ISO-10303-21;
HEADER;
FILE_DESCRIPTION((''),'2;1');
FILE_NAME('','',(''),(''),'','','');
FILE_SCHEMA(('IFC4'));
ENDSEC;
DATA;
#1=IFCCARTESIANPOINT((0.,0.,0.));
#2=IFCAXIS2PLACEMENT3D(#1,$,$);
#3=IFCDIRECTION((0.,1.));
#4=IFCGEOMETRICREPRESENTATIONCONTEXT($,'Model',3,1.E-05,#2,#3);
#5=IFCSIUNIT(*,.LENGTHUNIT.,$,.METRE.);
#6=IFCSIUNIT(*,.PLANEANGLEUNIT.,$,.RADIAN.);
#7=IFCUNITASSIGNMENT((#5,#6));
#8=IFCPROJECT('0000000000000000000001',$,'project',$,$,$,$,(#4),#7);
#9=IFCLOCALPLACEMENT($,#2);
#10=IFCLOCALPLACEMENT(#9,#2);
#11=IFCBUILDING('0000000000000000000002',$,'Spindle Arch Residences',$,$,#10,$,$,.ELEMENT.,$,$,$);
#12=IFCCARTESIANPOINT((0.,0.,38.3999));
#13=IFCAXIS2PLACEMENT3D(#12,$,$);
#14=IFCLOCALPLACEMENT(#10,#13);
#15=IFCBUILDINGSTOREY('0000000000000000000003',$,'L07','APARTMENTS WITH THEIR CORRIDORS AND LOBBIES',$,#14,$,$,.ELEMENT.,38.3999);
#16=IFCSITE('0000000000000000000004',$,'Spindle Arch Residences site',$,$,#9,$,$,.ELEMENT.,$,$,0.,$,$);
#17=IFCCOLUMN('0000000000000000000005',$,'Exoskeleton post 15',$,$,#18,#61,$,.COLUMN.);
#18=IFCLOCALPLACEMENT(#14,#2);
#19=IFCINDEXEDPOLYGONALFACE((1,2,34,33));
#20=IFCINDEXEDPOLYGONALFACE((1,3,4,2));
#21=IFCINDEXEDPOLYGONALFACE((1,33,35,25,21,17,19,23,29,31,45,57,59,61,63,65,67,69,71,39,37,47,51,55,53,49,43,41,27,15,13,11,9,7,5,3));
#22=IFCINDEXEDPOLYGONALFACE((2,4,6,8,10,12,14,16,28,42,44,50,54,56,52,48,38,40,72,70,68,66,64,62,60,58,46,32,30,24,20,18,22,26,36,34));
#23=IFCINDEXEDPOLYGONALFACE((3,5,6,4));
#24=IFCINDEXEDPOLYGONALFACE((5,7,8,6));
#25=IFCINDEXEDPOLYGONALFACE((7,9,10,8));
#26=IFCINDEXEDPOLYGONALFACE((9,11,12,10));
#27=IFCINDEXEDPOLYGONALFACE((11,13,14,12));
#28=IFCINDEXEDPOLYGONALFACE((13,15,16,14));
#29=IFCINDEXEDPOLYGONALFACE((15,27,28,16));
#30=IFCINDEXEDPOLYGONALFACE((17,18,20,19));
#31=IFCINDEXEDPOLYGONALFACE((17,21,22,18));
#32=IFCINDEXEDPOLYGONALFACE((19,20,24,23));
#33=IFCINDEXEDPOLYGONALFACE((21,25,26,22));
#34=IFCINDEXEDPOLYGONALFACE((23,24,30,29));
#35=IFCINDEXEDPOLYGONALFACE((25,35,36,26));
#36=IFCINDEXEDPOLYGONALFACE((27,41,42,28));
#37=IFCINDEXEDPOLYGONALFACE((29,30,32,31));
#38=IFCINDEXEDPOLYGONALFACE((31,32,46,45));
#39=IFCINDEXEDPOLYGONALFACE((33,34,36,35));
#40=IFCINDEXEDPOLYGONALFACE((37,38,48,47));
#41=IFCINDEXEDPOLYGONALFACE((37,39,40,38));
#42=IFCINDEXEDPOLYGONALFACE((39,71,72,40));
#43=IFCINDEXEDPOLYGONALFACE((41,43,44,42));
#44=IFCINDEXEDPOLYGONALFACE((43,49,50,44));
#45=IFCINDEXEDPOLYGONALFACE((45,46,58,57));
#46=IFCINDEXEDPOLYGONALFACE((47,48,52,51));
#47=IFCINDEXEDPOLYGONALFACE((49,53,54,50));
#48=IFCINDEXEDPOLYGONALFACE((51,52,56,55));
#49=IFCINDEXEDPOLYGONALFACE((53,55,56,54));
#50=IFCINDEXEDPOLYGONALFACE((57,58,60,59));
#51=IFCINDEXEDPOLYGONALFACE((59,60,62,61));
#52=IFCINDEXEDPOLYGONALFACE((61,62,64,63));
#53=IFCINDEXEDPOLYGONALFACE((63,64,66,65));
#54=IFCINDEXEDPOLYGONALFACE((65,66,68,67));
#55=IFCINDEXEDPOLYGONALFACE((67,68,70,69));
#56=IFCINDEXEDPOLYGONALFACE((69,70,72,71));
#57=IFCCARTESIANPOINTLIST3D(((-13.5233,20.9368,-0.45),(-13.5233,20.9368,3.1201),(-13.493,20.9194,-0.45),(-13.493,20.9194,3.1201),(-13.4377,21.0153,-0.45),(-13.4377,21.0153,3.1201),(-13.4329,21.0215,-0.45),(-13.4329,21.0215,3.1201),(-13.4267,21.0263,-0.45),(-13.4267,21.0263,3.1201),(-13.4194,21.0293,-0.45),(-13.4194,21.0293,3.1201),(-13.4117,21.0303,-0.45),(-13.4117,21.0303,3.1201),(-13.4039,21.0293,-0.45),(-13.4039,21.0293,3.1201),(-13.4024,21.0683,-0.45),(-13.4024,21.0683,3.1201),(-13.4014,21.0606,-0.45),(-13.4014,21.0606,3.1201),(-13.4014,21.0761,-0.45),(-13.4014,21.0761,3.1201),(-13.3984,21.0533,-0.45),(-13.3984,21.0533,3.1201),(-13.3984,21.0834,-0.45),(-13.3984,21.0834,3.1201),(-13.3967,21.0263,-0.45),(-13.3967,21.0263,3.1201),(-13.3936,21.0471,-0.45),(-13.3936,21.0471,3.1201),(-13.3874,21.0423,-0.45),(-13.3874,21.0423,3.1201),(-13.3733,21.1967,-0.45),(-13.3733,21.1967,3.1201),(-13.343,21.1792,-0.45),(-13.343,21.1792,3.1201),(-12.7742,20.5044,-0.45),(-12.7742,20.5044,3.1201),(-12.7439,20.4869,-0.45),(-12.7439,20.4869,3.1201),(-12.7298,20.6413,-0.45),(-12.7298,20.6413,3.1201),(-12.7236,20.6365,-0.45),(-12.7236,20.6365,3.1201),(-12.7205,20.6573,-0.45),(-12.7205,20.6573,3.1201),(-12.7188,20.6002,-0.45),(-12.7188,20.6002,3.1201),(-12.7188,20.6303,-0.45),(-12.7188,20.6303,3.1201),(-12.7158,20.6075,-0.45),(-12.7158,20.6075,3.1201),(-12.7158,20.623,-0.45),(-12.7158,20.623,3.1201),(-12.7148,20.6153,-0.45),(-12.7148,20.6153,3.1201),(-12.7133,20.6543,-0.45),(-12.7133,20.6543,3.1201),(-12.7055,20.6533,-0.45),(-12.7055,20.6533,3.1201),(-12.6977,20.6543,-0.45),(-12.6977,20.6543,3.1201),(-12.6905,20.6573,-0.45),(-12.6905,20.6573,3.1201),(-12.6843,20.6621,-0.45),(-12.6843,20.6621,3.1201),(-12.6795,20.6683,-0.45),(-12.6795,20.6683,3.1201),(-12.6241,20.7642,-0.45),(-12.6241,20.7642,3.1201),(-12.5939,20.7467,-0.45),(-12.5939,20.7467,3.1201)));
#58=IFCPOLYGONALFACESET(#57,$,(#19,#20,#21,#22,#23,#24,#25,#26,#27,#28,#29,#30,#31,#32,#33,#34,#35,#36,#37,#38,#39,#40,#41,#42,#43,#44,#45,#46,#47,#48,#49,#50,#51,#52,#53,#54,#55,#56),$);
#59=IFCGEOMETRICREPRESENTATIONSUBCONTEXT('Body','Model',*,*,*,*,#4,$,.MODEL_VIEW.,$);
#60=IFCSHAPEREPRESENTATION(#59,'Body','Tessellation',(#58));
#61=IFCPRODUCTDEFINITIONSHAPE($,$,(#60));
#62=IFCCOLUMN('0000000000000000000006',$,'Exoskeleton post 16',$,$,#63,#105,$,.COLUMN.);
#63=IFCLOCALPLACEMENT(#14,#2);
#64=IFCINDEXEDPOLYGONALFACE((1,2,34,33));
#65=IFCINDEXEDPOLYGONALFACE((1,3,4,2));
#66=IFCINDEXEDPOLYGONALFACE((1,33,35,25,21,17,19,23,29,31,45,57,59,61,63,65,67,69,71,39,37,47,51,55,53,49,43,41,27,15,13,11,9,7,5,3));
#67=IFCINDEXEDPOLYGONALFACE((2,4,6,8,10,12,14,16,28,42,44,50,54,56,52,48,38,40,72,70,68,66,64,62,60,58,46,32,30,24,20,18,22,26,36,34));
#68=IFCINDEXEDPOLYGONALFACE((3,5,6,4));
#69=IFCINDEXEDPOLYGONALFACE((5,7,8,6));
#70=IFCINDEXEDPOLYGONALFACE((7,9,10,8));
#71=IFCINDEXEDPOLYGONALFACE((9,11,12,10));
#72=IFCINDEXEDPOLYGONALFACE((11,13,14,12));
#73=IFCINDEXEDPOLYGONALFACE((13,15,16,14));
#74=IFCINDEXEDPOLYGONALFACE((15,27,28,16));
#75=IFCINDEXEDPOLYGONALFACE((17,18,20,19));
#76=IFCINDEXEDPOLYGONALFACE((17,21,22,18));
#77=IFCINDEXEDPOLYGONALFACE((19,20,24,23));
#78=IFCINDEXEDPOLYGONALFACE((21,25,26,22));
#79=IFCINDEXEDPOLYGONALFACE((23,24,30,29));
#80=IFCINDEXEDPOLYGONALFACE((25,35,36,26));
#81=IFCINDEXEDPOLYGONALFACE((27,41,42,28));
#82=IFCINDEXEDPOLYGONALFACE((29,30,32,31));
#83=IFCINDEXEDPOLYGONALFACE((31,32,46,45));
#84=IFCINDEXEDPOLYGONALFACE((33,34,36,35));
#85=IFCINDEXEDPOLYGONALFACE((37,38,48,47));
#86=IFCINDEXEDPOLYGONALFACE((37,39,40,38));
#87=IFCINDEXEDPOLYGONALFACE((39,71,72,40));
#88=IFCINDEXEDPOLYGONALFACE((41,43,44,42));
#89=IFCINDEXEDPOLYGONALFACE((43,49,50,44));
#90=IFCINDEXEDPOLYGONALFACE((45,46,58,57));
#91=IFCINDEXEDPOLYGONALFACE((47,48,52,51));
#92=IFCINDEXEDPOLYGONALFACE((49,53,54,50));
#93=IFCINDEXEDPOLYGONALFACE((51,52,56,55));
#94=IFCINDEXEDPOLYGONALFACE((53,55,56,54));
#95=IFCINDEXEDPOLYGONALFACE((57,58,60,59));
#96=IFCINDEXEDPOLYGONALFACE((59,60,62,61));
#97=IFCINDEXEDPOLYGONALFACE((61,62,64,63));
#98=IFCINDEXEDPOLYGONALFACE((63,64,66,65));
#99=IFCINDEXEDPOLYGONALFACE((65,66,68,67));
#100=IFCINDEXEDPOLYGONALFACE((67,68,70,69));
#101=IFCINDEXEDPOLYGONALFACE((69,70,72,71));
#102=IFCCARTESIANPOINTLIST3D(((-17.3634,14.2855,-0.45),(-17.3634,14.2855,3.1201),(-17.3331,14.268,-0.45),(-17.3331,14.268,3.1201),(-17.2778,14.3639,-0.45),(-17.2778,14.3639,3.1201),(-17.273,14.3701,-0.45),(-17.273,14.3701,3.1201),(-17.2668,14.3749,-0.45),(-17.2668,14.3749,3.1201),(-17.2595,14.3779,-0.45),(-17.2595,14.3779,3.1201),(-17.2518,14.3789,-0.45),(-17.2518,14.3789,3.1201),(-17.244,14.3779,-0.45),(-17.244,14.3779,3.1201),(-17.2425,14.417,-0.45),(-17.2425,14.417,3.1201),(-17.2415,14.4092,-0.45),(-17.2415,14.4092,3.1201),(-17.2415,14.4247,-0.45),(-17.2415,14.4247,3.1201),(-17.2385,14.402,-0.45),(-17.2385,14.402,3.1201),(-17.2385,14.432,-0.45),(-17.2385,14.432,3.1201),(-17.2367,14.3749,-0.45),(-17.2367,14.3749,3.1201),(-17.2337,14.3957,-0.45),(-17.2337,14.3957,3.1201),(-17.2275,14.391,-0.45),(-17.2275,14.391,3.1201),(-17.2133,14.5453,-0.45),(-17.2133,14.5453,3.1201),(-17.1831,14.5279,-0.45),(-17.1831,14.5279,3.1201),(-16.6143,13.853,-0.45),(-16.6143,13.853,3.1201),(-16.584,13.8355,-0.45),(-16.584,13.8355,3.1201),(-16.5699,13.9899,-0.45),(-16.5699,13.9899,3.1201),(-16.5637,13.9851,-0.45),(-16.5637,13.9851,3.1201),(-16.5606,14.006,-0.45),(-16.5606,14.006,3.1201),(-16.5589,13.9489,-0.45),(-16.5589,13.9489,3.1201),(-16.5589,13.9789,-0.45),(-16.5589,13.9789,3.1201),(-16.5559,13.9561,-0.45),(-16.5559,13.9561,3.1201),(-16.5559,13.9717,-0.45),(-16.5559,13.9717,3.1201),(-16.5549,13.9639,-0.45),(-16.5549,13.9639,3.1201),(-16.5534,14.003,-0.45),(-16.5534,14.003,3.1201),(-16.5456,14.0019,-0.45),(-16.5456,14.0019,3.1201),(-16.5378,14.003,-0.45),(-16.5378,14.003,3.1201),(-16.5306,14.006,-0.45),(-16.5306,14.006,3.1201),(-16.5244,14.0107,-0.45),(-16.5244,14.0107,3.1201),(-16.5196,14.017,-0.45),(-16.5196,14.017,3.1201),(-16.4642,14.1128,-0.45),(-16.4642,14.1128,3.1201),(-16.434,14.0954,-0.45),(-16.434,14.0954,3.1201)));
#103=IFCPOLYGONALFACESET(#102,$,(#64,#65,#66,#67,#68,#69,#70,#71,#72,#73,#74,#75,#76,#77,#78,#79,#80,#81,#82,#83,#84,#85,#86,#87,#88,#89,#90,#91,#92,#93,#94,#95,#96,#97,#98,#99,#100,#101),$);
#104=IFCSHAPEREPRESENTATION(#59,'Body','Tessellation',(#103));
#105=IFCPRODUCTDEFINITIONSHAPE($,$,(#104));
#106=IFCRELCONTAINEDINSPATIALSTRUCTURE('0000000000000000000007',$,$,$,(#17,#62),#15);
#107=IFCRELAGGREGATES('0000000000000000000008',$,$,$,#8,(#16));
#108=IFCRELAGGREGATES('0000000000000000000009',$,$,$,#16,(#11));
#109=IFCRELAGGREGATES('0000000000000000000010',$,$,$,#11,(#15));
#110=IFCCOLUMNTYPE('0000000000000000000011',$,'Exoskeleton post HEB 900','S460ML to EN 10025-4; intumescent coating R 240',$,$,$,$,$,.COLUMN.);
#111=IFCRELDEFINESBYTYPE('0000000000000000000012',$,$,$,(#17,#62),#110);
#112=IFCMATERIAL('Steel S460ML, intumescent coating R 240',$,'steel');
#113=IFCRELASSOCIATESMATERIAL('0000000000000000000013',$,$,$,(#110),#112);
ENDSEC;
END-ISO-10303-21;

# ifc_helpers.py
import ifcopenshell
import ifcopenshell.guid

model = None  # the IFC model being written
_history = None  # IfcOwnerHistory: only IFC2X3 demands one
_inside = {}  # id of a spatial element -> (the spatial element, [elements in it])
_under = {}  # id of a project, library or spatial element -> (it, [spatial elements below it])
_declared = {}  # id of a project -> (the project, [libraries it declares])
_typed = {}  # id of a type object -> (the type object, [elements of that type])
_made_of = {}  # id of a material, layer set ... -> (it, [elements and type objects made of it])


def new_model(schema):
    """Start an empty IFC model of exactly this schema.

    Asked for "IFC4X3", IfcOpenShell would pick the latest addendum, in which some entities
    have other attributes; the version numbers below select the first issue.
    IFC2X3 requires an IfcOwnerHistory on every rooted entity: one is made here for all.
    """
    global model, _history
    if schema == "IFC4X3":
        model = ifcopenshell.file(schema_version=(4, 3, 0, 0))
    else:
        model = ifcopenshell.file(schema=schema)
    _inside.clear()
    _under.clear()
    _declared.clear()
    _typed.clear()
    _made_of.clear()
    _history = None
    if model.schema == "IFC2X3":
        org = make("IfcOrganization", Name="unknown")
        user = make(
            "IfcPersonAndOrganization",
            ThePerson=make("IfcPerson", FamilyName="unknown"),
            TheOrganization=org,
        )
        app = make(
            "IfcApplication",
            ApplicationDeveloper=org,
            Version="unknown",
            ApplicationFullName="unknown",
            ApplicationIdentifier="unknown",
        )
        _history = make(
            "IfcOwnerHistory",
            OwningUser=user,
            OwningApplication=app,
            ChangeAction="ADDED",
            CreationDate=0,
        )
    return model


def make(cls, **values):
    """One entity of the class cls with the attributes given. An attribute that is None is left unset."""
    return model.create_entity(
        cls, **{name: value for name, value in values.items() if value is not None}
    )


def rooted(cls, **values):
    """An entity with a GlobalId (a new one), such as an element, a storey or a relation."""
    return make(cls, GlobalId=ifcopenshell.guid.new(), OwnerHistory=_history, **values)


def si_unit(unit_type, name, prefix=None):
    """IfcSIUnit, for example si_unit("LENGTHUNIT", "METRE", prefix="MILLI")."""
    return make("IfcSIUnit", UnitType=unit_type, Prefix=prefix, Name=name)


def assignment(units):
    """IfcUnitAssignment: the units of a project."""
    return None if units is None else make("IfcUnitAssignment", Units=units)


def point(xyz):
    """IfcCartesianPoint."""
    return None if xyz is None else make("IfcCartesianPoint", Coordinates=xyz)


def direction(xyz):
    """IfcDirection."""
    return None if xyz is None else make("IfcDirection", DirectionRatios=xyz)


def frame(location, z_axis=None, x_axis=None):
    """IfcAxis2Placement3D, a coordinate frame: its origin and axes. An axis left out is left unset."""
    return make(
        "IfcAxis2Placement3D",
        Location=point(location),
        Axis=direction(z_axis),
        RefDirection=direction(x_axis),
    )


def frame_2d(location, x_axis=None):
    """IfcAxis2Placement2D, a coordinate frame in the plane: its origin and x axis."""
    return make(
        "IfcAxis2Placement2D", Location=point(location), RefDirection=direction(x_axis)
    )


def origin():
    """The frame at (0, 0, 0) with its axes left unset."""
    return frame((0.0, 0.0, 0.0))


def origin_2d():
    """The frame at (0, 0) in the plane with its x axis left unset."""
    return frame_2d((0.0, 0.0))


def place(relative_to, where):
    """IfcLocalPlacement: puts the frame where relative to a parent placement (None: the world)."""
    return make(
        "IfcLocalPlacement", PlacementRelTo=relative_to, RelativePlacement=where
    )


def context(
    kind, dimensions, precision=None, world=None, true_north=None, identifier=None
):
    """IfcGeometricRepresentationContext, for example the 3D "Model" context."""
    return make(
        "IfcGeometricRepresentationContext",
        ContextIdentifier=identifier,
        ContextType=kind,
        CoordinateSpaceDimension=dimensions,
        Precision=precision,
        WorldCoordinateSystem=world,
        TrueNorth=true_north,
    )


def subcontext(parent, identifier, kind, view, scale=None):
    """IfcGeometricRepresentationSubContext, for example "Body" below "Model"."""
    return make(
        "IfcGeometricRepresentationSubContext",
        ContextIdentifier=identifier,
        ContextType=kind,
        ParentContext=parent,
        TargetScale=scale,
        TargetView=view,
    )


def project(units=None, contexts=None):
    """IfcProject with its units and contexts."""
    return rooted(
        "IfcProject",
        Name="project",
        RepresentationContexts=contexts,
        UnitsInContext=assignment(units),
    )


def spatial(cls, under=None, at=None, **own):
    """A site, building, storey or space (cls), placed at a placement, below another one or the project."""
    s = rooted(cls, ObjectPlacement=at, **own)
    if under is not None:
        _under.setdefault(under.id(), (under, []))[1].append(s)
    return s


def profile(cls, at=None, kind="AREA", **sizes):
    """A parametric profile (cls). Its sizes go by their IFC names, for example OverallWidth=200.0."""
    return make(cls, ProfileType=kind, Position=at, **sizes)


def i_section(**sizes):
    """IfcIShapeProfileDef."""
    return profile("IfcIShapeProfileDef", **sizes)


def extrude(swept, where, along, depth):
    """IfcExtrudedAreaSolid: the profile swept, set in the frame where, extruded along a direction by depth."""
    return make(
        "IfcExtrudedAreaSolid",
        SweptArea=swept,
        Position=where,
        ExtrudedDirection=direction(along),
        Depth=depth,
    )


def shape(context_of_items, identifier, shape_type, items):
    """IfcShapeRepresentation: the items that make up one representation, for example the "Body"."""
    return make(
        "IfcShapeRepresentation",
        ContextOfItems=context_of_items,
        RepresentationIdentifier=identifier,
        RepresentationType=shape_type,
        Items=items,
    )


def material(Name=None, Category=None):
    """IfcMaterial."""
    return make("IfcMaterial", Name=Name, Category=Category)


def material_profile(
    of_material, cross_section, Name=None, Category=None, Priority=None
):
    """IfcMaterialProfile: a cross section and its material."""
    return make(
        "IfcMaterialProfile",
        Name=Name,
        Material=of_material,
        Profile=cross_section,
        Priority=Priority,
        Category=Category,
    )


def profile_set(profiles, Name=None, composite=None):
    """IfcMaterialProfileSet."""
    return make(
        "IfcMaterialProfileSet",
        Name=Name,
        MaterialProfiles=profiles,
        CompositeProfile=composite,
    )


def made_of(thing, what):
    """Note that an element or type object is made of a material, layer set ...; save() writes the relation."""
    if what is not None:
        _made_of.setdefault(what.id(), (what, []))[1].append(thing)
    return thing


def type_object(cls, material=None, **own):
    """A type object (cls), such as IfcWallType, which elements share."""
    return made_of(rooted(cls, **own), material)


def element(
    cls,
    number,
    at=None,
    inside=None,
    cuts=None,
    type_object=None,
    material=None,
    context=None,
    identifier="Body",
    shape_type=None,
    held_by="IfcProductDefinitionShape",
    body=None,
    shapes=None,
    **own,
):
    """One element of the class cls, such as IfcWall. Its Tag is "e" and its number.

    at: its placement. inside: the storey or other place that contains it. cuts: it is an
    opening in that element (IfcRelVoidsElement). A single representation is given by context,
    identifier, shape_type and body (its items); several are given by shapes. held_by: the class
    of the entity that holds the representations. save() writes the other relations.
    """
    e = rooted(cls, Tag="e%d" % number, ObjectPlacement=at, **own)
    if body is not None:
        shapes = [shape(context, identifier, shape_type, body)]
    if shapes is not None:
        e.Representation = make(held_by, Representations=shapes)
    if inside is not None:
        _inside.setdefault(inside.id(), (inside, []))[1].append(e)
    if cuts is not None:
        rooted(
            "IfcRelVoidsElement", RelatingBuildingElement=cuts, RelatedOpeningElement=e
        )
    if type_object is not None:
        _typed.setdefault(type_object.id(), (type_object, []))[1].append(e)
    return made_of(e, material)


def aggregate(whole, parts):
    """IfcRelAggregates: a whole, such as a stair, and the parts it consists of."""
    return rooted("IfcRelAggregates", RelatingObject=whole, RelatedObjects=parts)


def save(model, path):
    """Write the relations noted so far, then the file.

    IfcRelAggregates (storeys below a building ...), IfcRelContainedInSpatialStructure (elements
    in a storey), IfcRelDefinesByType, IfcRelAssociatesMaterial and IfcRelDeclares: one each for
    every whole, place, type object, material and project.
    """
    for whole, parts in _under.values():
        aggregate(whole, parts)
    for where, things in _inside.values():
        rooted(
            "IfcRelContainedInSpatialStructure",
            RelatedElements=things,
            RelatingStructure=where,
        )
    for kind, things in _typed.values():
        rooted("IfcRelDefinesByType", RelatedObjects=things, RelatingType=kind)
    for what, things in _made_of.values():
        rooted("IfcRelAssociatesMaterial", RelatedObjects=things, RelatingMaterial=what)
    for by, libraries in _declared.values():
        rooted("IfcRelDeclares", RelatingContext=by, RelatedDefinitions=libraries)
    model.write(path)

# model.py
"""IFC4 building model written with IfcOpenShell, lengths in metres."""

from ifc_helpers import new_model, si_unit, direction, frame, origin, origin_2d, place, context, subcontext, project, spatial, i_section, extrude, material, material_profile, profile_set, type_object, element, save


model = new_model("IFC4")

# Units and contexts
model_context = context("Model", 3, precision=1e-05, world=origin(), true_north=direction((0.0, 1.0)))
body_context = subcontext(model_context, "Body", "Model", "MODEL_VIEW")
ifc_project = project(units=[si_unit("LENGTHUNIT", "METRE"), si_unit("PLANEANGLEUNIT", "RADIAN")], contexts=[model_context])

# Site, building, storey
site_placement = place(None, origin())
site = spatial("IfcSite", under=ifc_project, at=site_placement, Name="Spindle Arch Residences site", CompositionType="ELEMENT", RefElevation=0.0)
building_placement = place(site_placement, origin())
building = spatial("IfcBuilding", under=site, at=building_placement, Name="Spindle Arch Residences", CompositionType="ELEMENT")
storey_placement = place(building_placement, frame((0.0, 0.0, 38.3999)))
storey = spatial("IfcBuildingStorey", under=building, at=storey_placement, Name="L07", Description="APARTMENTS WITH THEIR CORRIDORS AND LOBBIES", CompositionType="ELEMENT", Elevation=38.3999)

# Columns
ifc_material_1 = material(Name="Steel S460ML, intumescent coating R 240", Category="steel")
ifc_material_profile_1 = material_profile(ifc_material_1, i_section(OverallWidth=0.3, OverallDepth=0.8999, WebThickness=0.0186, FlangeThickness=0.0349, FilletRadius=0.03, at=origin_2d()), Name="HEB 900")
ifc_profile_set_1 = profile_set([ifc_material_profile_1], Name="Steel S460ML, intumescent coating R 240")
column_type_1 = type_object("IfcColumnType", Name="Exoskeleton post HEB 900", Description="S460ML to EN 10025-4; intumescent coating R 240", PredefinedType="COLUMN", material=ifc_profile_set_1)
for number, where, z_axis, x_axis, name in (
    (1, (-13.0586, 20.8418, -0.45), (0.0, 0.0, 1.0), (0.5, 0.866025, 0.0), "Exoskeleton post 15"),
    (2, (-16.8987, 14.1904, -0.45), (0.0, 0.0, 1.0), (0.5, 0.866025, 0.0), "Exoskeleton post 16"),
):
    element("IfcColumn", number, at=place(storey_placement, frame(where, z_axis=z_axis, x_axis=x_axis)), inside=storey, type_object=column_type_1, Name=name, PredefinedType="COLUMN", context=body_context, shape_type="SweptSolid", body=[
        extrude(i_section(OverallWidth=0.3, OverallDepth=0.8999, WebThickness=0.0186, FlangeThickness=0.0349, FilletRadius=0.03, at=origin_2d()), origin(), (0.0, 0.0, 1.0), 3.5701),
    ])

save(model, "model.ifc")
